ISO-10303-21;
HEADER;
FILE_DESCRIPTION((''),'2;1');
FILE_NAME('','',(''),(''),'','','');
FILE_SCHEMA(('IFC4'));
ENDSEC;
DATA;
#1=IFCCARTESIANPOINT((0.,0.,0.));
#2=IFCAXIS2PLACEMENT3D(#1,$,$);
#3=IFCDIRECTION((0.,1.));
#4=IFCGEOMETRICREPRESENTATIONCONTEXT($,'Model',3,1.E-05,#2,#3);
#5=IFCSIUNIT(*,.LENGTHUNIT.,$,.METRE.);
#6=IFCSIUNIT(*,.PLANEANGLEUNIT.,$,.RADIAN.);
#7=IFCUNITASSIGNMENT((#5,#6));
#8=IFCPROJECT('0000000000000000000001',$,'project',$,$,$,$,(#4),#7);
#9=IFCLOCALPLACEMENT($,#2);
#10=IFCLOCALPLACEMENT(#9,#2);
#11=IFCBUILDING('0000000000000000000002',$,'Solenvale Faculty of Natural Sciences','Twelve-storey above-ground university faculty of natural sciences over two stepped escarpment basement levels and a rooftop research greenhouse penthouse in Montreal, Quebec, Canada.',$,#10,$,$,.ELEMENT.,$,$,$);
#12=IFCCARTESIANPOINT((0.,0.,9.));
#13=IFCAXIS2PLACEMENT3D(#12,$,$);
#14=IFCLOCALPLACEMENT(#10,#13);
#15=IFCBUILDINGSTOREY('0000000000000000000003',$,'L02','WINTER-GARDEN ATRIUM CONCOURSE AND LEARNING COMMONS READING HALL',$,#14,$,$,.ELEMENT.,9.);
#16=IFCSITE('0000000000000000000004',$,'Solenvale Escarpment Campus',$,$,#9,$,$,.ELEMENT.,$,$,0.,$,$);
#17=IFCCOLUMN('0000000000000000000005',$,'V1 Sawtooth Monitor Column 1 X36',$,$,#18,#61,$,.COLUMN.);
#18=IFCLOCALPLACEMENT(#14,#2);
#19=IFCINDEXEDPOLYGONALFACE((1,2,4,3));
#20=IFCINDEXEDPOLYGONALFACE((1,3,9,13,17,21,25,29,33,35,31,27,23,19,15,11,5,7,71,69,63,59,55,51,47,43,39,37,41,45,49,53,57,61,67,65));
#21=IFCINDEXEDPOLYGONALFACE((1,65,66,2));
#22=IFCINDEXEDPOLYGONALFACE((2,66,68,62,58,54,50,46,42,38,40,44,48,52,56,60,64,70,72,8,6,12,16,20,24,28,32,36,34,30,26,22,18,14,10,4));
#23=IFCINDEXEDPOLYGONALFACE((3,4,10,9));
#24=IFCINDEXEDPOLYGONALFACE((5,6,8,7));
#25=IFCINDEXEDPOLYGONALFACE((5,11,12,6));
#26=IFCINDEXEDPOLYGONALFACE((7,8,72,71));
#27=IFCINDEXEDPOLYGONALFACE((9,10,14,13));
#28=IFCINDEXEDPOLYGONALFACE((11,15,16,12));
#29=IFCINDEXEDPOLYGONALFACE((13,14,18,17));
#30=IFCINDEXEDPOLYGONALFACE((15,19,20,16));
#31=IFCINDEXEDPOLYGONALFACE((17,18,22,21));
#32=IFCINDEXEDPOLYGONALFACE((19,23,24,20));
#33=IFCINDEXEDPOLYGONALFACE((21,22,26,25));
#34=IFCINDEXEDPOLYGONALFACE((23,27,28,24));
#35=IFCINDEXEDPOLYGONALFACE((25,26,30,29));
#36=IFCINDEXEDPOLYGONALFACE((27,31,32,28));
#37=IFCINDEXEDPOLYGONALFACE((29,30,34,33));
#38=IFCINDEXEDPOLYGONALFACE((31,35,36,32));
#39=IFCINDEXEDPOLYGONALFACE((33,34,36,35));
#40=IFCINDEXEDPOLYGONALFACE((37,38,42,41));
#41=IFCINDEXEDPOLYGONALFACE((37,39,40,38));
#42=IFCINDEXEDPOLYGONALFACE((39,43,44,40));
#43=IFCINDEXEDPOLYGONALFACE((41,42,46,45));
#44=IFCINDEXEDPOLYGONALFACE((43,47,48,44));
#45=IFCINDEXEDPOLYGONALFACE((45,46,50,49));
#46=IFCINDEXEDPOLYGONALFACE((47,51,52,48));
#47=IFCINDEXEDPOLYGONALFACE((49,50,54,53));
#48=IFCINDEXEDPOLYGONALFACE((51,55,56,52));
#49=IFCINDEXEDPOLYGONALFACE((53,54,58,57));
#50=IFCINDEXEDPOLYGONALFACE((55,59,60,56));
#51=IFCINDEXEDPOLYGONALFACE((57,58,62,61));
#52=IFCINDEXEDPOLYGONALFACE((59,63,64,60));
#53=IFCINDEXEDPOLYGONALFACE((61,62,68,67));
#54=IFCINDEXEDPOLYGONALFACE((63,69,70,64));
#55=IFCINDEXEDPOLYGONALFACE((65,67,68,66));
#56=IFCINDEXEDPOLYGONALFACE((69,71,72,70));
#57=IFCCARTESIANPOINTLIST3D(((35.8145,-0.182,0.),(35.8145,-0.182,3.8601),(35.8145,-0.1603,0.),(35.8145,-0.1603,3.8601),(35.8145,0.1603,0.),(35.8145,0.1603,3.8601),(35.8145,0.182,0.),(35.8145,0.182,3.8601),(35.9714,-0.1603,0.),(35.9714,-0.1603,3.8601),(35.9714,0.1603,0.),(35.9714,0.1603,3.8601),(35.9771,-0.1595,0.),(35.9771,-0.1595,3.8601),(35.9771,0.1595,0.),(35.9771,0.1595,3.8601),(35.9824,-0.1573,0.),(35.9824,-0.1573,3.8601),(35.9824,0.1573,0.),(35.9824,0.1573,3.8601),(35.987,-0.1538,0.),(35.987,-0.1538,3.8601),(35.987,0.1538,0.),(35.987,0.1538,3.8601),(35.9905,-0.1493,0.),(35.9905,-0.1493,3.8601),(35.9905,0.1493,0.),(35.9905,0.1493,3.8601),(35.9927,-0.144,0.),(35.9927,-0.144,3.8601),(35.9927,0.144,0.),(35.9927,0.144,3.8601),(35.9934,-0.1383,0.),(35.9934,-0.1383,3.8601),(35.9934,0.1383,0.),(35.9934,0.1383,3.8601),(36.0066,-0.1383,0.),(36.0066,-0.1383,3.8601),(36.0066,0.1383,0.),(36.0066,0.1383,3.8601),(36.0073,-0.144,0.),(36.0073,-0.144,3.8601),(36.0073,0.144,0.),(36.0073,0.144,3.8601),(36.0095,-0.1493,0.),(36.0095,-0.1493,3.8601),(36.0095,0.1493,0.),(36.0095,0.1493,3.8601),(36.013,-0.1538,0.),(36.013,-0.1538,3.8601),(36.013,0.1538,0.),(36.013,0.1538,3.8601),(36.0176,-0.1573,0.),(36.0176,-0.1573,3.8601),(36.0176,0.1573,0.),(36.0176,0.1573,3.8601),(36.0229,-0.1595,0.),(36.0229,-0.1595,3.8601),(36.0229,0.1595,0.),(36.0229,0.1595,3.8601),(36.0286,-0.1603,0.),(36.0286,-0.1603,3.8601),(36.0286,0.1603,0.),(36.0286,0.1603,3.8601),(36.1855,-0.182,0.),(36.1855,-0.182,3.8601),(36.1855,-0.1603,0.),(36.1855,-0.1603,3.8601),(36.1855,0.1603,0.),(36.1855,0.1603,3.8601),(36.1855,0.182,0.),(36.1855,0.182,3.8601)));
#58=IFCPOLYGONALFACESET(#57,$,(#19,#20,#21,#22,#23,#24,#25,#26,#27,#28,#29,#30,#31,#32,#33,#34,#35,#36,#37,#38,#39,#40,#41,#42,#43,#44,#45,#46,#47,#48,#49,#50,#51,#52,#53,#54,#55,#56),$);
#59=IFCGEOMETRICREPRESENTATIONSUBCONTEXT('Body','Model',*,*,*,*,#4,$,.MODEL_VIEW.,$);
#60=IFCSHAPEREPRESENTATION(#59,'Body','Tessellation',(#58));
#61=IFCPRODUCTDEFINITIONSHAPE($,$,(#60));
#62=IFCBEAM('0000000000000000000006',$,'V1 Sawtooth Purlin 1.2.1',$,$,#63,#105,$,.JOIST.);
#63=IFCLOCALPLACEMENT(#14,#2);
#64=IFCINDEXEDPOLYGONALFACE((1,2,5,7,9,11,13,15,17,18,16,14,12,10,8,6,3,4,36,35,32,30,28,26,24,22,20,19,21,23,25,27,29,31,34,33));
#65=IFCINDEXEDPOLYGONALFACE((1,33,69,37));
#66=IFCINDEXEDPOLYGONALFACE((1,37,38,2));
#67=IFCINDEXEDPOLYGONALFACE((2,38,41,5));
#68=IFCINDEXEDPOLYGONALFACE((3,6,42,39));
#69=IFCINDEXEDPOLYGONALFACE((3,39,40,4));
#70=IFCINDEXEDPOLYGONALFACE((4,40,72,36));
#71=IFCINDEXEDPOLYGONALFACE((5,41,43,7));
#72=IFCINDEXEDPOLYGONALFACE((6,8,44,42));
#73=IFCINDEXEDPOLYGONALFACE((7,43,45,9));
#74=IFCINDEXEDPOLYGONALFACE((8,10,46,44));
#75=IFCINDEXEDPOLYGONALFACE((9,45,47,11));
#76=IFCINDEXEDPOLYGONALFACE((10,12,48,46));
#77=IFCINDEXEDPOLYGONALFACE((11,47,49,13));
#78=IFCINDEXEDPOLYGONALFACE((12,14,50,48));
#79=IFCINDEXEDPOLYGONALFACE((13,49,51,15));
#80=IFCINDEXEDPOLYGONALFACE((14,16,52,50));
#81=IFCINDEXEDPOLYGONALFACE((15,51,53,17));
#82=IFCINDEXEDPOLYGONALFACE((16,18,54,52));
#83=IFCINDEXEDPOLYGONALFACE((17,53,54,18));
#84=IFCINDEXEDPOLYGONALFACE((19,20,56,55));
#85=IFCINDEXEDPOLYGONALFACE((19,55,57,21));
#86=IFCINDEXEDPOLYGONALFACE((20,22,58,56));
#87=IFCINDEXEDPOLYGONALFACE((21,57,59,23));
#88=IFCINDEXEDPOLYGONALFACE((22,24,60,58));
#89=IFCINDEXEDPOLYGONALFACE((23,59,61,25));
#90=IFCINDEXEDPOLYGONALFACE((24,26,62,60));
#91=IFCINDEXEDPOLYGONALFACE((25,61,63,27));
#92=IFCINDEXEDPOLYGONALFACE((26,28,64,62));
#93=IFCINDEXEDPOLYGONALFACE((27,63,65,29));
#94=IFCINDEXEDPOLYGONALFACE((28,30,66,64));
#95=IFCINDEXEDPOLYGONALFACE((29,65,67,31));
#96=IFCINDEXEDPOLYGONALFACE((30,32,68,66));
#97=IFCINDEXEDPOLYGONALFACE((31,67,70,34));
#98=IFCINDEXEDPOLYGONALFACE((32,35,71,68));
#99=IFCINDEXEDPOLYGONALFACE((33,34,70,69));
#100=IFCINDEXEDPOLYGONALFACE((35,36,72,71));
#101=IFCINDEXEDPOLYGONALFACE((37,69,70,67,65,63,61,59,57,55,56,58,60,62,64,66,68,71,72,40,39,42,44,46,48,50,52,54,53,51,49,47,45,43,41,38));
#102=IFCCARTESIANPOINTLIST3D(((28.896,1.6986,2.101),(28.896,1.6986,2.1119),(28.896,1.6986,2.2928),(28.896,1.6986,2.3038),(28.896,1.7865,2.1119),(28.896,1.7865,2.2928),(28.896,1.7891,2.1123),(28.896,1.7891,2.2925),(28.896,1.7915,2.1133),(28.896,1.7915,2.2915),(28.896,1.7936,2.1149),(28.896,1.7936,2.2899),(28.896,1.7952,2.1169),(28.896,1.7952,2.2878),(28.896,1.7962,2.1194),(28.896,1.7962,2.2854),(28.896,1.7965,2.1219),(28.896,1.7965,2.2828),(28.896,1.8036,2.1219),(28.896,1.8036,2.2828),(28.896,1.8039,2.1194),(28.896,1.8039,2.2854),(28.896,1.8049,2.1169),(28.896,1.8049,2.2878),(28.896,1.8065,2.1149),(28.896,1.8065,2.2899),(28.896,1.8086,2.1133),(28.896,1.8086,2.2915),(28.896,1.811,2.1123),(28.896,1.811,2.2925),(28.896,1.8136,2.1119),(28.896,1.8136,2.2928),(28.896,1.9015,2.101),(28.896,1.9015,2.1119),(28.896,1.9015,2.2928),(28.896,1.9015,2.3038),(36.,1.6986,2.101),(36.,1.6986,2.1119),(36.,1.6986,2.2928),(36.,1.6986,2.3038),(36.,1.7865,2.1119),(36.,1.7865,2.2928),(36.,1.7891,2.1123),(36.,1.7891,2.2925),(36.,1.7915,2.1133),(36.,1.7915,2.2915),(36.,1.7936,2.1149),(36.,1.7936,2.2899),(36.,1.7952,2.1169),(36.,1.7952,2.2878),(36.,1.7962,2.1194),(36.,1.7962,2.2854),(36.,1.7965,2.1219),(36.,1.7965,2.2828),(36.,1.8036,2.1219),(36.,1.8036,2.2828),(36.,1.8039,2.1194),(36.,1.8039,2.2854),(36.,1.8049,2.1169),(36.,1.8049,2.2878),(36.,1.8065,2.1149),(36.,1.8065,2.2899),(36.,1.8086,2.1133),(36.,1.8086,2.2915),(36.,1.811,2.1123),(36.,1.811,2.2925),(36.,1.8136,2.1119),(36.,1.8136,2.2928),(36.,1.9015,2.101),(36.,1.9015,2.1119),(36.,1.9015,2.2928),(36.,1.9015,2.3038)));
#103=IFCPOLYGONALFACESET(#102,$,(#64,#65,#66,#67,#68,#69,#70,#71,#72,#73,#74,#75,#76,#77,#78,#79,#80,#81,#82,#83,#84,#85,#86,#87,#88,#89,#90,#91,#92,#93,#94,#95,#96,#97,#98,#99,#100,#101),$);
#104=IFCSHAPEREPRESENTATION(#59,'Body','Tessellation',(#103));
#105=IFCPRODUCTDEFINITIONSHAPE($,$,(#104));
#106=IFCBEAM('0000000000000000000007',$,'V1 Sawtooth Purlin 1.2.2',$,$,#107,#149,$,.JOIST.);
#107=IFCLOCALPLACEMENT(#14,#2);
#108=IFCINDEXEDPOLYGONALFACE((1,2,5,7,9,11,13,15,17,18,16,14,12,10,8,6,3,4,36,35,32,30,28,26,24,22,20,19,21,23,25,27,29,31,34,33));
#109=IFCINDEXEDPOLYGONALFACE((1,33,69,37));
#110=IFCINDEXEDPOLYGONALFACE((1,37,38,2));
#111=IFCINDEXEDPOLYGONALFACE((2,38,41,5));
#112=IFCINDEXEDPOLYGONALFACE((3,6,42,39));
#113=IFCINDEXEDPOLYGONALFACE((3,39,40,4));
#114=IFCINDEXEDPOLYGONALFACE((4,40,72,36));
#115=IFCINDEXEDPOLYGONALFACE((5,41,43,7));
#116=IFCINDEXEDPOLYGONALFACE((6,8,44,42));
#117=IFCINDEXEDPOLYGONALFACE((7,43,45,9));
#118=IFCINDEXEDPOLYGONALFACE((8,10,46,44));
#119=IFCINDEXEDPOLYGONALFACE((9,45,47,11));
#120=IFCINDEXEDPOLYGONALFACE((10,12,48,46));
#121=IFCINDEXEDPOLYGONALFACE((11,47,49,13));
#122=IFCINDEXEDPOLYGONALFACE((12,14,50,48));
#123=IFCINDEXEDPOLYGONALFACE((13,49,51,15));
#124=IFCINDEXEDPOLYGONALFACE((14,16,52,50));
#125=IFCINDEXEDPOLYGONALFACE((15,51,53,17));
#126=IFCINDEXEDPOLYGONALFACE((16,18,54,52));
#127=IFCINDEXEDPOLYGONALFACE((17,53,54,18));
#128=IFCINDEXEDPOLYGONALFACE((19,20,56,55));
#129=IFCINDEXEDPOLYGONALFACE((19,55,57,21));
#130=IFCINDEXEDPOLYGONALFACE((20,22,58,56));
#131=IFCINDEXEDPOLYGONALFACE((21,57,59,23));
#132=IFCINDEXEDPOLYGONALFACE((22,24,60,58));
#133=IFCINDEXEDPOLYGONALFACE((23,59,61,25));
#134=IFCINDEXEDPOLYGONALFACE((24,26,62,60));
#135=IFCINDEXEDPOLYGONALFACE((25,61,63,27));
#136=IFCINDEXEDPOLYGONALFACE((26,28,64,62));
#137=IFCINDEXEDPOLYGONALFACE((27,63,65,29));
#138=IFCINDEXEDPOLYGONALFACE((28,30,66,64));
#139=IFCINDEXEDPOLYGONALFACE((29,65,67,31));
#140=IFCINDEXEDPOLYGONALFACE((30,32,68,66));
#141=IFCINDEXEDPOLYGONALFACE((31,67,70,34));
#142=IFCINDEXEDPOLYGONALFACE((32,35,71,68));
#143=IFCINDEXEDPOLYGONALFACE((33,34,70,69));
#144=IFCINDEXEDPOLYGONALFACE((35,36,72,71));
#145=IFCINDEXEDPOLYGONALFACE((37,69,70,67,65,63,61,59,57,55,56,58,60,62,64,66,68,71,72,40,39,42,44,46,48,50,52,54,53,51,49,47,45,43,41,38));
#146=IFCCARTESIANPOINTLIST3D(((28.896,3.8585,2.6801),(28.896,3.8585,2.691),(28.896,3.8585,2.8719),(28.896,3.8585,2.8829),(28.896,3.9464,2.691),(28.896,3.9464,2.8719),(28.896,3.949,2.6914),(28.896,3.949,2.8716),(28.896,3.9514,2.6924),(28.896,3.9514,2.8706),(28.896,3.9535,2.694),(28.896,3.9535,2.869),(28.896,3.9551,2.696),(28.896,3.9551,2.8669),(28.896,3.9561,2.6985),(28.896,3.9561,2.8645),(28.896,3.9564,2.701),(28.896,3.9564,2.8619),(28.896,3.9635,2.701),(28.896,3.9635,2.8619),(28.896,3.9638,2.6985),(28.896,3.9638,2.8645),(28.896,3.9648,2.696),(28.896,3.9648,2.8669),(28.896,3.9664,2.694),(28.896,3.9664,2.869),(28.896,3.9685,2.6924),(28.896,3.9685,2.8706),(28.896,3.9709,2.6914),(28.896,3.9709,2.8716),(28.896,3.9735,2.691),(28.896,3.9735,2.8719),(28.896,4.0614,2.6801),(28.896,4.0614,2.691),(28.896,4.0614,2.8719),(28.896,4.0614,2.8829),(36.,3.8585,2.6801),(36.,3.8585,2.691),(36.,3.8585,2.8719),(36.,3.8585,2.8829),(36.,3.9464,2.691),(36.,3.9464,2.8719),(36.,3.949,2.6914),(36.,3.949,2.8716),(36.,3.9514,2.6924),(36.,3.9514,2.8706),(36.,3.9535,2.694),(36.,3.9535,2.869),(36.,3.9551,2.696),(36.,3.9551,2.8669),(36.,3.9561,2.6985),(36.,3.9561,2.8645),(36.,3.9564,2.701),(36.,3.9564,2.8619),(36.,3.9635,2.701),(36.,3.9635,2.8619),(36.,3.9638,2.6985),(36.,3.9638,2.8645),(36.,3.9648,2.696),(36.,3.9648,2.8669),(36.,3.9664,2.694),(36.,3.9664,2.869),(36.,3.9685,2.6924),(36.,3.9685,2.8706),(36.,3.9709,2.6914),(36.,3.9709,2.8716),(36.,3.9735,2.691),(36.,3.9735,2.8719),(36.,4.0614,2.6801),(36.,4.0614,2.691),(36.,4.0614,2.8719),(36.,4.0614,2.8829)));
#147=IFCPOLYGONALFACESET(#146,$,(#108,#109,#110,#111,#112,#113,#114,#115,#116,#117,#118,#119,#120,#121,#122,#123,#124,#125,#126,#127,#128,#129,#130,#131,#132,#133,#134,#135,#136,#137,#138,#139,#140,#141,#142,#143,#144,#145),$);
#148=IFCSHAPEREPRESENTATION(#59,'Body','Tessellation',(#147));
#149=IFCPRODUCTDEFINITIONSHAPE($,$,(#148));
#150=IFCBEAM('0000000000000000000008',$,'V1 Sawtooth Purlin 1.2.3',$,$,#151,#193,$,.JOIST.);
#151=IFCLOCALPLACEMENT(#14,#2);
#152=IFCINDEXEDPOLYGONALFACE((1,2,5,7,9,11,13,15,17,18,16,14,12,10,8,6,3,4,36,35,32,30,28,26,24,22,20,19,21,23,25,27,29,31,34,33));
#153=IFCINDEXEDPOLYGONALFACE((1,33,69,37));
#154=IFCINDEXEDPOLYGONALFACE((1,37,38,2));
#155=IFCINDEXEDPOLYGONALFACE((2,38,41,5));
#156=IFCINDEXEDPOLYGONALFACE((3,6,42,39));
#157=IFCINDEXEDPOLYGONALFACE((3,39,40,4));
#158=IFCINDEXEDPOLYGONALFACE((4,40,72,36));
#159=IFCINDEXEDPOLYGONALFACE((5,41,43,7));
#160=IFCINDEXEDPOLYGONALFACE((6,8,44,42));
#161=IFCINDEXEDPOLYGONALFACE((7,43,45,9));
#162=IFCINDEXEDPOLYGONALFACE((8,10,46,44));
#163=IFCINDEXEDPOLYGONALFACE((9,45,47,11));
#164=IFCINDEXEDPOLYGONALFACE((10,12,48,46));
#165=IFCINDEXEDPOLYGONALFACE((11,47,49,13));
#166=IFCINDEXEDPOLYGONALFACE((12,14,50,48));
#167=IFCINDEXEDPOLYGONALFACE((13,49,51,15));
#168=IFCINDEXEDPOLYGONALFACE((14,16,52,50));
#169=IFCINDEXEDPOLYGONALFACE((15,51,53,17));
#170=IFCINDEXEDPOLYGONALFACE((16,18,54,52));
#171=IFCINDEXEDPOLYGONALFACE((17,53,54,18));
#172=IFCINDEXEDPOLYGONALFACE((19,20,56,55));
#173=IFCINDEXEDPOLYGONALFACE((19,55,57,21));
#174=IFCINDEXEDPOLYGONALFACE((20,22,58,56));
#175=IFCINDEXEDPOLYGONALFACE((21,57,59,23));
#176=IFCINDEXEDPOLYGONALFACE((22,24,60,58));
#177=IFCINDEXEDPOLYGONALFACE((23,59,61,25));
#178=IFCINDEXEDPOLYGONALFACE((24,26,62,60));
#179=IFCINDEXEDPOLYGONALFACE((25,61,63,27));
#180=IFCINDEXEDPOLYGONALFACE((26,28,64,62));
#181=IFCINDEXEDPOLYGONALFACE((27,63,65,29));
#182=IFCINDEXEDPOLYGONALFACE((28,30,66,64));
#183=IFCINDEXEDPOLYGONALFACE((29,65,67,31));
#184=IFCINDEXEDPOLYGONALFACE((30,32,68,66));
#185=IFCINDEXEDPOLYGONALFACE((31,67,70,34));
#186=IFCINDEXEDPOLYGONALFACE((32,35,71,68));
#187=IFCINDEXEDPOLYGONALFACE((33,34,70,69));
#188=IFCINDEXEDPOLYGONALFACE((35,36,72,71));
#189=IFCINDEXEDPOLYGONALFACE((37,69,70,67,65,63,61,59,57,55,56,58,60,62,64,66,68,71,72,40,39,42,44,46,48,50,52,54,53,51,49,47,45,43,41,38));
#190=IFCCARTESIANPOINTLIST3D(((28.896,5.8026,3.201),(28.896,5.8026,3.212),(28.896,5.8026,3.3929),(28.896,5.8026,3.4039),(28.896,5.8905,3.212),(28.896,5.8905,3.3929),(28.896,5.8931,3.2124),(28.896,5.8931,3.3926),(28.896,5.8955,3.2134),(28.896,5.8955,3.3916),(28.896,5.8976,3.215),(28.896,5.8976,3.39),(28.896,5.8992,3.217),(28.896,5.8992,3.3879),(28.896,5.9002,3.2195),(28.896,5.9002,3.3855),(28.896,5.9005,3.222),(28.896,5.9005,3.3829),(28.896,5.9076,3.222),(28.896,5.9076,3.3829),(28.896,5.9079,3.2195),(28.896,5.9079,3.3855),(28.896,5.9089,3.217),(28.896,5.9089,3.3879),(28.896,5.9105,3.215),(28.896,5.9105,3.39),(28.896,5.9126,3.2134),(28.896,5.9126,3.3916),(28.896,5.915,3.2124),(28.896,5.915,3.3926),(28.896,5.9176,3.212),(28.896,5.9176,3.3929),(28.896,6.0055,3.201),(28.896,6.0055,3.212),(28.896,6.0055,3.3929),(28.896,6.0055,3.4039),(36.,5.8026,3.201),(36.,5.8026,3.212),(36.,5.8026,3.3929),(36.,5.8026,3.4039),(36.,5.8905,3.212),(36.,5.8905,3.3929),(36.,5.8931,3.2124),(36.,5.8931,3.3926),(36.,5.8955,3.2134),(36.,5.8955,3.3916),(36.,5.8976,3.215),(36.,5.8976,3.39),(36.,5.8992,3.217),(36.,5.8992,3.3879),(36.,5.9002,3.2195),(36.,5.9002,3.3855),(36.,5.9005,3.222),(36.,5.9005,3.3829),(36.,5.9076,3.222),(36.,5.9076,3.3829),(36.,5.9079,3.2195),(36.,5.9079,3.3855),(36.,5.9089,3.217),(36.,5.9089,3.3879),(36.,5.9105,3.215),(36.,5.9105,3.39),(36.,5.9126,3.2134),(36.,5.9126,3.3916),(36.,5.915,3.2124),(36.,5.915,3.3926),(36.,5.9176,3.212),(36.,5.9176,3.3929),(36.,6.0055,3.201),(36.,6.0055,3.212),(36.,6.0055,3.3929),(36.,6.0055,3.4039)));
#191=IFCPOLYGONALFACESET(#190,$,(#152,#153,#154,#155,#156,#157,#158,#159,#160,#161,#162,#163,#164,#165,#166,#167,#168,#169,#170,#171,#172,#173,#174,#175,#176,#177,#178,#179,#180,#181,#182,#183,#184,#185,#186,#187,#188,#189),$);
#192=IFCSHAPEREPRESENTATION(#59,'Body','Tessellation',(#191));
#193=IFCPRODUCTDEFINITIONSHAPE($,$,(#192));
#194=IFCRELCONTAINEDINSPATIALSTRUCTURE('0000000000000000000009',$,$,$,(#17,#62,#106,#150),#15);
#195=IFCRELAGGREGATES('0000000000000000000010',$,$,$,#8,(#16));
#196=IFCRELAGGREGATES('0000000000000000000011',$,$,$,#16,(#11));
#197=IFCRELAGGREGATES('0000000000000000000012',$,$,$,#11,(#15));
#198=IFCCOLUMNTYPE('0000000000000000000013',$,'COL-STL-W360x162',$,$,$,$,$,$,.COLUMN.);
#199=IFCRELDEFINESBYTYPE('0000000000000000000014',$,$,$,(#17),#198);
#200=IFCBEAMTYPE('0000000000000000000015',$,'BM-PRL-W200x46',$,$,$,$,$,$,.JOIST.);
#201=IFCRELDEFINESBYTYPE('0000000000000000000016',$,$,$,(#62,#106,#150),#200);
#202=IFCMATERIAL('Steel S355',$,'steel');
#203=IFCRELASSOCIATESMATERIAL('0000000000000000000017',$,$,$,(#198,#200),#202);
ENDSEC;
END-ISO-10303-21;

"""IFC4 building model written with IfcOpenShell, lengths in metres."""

from ifc_helpers import new_model, si_unit, direction, frame, origin, origin_2d, place, context, subcontext, project, spatial, i_section, extrude, material, material_profile, profile_set, type_object, element, save


model = new_model("IFC4")

# Units and contexts
model_context = context("Model", 3, precision=1e-05, world=origin(), true_north=direction((0.0, 1.0)))
body_context = subcontext(model_context, "Body", "Model", "MODEL_VIEW")
ifc_project = project(units=[si_unit("LENGTHUNIT", "METRE"), si_unit("PLANEANGLEUNIT", "RADIAN")], contexts=[model_context])

# Site, building, storey
site_placement = place(None, origin())
site = spatial("IfcSite", under=ifc_project, at=site_placement, Name="Solenvale Escarpment Campus", CompositionType="ELEMENT", RefElevation=0.0)
building_placement = place(site_placement, origin())
building = spatial("IfcBuilding", under=site, at=building_placement, Name="Solenvale Faculty of Natural Sciences", Description="Twelve-storey above-ground university faculty of natural sciences over two stepped escarpment basement levels and a rooftop research greenhouse penthouse in Montreal, Quebec, Canada.", CompositionType="ELEMENT")
storey_placement = place(building_placement, frame((0.0, 0.0, 9.0)))
storey = spatial("IfcBuildingStorey", under=building, at=storey_placement, Name="L02", Description="WINTER-GARDEN ATRIUM CONCOURSE AND LEARNING COMMONS READING HALL", CompositionType="ELEMENT", Elevation=9.0)

# Column
ifc_material_1 = material(Name="Steel S355", Category="steel")
ifc_material_profile_1 = material_profile(ifc_material_1, i_section(OverallWidth=0.3711, OverallDepth=0.364, WebThickness=0.0132, FlangeThickness=0.0217, FilletRadius=0.022, at=origin_2d()), Name="W360x162")
ifc_profile_set_1 = profile_set([ifc_material_profile_1], Name="Steel S355")
column_type = type_object("IfcColumnType", Name="COL-STL-W360x162", PredefinedType="COLUMN", material=ifc_profile_set_1)
column_placement = place(storey_placement, frame((36.0, 0.0, 0.0), z_axis=(0.0, 0.0, 1.0), x_axis=(1.0, 0.0, 0.0)))
element("IfcColumn", 1, at=column_placement, inside=storey, type_object=column_type, Name="V1 Sawtooth Monitor Column 1 X36", PredefinedType="COLUMN", context=body_context, shape_type="SweptSolid", body=[
    extrude(i_section(OverallWidth=0.3711, OverallDepth=0.364, WebThickness=0.0132, FlangeThickness=0.0217, FilletRadius=0.022, at=origin_2d()), origin(), (0.0, 0.0, 1.0), 3.8601),
])

# Beams
ifc_material_profile_2 = material_profile(ifc_material_1, i_section(OverallWidth=0.2029, OverallDepth=0.2029, WebThickness=0.0071, FlangeThickness=0.011, FilletRadius=0.01, at=origin_2d()), Name="W200x46")
ifc_profile_set_2 = profile_set([ifc_material_profile_2], Name="Steel S355")
beam_type_1 = type_object("IfcBeamType", Name="BM-PRL-W200x46", PredefinedType="JOIST", material=ifc_profile_set_2)
for number, where, z_axis, x_axis, name in (
    (2, (28.896, 1.8, 2.2024), (1.0, 0.0, 0.0), (0.0, 1.0, 0.0), "V1 Sawtooth Purlin 1.2.1"),
    (3, (28.896, 3.96, 2.7815), (1.0, 0.0, 0.0), (0.0, 1.0, 0.0), "V1 Sawtooth Purlin 1.2.2"),
    (4, (28.896, 5.9041, 3.3025), (1.0, 0.0, 0.0), (0.0, 1.0, 0.0), "V1 Sawtooth Purlin 1.2.3"),
):
    element("IfcBeam", number, at=place(storey_placement, frame(where, z_axis=z_axis, x_axis=x_axis)), inside=storey, type_object=beam_type_1, Name=name, PredefinedType="JOIST", context=body_context, shape_type="SweptSolid", body=[
        extrude(i_section(OverallWidth=0.2029, OverallDepth=0.2029, WebThickness=0.0071, FlangeThickness=0.011, FilletRadius=0.01, at=origin_2d()), origin(), (0.0, 0.0, 1.0), 7.104),
    ])

save(model, "model.ifc")
